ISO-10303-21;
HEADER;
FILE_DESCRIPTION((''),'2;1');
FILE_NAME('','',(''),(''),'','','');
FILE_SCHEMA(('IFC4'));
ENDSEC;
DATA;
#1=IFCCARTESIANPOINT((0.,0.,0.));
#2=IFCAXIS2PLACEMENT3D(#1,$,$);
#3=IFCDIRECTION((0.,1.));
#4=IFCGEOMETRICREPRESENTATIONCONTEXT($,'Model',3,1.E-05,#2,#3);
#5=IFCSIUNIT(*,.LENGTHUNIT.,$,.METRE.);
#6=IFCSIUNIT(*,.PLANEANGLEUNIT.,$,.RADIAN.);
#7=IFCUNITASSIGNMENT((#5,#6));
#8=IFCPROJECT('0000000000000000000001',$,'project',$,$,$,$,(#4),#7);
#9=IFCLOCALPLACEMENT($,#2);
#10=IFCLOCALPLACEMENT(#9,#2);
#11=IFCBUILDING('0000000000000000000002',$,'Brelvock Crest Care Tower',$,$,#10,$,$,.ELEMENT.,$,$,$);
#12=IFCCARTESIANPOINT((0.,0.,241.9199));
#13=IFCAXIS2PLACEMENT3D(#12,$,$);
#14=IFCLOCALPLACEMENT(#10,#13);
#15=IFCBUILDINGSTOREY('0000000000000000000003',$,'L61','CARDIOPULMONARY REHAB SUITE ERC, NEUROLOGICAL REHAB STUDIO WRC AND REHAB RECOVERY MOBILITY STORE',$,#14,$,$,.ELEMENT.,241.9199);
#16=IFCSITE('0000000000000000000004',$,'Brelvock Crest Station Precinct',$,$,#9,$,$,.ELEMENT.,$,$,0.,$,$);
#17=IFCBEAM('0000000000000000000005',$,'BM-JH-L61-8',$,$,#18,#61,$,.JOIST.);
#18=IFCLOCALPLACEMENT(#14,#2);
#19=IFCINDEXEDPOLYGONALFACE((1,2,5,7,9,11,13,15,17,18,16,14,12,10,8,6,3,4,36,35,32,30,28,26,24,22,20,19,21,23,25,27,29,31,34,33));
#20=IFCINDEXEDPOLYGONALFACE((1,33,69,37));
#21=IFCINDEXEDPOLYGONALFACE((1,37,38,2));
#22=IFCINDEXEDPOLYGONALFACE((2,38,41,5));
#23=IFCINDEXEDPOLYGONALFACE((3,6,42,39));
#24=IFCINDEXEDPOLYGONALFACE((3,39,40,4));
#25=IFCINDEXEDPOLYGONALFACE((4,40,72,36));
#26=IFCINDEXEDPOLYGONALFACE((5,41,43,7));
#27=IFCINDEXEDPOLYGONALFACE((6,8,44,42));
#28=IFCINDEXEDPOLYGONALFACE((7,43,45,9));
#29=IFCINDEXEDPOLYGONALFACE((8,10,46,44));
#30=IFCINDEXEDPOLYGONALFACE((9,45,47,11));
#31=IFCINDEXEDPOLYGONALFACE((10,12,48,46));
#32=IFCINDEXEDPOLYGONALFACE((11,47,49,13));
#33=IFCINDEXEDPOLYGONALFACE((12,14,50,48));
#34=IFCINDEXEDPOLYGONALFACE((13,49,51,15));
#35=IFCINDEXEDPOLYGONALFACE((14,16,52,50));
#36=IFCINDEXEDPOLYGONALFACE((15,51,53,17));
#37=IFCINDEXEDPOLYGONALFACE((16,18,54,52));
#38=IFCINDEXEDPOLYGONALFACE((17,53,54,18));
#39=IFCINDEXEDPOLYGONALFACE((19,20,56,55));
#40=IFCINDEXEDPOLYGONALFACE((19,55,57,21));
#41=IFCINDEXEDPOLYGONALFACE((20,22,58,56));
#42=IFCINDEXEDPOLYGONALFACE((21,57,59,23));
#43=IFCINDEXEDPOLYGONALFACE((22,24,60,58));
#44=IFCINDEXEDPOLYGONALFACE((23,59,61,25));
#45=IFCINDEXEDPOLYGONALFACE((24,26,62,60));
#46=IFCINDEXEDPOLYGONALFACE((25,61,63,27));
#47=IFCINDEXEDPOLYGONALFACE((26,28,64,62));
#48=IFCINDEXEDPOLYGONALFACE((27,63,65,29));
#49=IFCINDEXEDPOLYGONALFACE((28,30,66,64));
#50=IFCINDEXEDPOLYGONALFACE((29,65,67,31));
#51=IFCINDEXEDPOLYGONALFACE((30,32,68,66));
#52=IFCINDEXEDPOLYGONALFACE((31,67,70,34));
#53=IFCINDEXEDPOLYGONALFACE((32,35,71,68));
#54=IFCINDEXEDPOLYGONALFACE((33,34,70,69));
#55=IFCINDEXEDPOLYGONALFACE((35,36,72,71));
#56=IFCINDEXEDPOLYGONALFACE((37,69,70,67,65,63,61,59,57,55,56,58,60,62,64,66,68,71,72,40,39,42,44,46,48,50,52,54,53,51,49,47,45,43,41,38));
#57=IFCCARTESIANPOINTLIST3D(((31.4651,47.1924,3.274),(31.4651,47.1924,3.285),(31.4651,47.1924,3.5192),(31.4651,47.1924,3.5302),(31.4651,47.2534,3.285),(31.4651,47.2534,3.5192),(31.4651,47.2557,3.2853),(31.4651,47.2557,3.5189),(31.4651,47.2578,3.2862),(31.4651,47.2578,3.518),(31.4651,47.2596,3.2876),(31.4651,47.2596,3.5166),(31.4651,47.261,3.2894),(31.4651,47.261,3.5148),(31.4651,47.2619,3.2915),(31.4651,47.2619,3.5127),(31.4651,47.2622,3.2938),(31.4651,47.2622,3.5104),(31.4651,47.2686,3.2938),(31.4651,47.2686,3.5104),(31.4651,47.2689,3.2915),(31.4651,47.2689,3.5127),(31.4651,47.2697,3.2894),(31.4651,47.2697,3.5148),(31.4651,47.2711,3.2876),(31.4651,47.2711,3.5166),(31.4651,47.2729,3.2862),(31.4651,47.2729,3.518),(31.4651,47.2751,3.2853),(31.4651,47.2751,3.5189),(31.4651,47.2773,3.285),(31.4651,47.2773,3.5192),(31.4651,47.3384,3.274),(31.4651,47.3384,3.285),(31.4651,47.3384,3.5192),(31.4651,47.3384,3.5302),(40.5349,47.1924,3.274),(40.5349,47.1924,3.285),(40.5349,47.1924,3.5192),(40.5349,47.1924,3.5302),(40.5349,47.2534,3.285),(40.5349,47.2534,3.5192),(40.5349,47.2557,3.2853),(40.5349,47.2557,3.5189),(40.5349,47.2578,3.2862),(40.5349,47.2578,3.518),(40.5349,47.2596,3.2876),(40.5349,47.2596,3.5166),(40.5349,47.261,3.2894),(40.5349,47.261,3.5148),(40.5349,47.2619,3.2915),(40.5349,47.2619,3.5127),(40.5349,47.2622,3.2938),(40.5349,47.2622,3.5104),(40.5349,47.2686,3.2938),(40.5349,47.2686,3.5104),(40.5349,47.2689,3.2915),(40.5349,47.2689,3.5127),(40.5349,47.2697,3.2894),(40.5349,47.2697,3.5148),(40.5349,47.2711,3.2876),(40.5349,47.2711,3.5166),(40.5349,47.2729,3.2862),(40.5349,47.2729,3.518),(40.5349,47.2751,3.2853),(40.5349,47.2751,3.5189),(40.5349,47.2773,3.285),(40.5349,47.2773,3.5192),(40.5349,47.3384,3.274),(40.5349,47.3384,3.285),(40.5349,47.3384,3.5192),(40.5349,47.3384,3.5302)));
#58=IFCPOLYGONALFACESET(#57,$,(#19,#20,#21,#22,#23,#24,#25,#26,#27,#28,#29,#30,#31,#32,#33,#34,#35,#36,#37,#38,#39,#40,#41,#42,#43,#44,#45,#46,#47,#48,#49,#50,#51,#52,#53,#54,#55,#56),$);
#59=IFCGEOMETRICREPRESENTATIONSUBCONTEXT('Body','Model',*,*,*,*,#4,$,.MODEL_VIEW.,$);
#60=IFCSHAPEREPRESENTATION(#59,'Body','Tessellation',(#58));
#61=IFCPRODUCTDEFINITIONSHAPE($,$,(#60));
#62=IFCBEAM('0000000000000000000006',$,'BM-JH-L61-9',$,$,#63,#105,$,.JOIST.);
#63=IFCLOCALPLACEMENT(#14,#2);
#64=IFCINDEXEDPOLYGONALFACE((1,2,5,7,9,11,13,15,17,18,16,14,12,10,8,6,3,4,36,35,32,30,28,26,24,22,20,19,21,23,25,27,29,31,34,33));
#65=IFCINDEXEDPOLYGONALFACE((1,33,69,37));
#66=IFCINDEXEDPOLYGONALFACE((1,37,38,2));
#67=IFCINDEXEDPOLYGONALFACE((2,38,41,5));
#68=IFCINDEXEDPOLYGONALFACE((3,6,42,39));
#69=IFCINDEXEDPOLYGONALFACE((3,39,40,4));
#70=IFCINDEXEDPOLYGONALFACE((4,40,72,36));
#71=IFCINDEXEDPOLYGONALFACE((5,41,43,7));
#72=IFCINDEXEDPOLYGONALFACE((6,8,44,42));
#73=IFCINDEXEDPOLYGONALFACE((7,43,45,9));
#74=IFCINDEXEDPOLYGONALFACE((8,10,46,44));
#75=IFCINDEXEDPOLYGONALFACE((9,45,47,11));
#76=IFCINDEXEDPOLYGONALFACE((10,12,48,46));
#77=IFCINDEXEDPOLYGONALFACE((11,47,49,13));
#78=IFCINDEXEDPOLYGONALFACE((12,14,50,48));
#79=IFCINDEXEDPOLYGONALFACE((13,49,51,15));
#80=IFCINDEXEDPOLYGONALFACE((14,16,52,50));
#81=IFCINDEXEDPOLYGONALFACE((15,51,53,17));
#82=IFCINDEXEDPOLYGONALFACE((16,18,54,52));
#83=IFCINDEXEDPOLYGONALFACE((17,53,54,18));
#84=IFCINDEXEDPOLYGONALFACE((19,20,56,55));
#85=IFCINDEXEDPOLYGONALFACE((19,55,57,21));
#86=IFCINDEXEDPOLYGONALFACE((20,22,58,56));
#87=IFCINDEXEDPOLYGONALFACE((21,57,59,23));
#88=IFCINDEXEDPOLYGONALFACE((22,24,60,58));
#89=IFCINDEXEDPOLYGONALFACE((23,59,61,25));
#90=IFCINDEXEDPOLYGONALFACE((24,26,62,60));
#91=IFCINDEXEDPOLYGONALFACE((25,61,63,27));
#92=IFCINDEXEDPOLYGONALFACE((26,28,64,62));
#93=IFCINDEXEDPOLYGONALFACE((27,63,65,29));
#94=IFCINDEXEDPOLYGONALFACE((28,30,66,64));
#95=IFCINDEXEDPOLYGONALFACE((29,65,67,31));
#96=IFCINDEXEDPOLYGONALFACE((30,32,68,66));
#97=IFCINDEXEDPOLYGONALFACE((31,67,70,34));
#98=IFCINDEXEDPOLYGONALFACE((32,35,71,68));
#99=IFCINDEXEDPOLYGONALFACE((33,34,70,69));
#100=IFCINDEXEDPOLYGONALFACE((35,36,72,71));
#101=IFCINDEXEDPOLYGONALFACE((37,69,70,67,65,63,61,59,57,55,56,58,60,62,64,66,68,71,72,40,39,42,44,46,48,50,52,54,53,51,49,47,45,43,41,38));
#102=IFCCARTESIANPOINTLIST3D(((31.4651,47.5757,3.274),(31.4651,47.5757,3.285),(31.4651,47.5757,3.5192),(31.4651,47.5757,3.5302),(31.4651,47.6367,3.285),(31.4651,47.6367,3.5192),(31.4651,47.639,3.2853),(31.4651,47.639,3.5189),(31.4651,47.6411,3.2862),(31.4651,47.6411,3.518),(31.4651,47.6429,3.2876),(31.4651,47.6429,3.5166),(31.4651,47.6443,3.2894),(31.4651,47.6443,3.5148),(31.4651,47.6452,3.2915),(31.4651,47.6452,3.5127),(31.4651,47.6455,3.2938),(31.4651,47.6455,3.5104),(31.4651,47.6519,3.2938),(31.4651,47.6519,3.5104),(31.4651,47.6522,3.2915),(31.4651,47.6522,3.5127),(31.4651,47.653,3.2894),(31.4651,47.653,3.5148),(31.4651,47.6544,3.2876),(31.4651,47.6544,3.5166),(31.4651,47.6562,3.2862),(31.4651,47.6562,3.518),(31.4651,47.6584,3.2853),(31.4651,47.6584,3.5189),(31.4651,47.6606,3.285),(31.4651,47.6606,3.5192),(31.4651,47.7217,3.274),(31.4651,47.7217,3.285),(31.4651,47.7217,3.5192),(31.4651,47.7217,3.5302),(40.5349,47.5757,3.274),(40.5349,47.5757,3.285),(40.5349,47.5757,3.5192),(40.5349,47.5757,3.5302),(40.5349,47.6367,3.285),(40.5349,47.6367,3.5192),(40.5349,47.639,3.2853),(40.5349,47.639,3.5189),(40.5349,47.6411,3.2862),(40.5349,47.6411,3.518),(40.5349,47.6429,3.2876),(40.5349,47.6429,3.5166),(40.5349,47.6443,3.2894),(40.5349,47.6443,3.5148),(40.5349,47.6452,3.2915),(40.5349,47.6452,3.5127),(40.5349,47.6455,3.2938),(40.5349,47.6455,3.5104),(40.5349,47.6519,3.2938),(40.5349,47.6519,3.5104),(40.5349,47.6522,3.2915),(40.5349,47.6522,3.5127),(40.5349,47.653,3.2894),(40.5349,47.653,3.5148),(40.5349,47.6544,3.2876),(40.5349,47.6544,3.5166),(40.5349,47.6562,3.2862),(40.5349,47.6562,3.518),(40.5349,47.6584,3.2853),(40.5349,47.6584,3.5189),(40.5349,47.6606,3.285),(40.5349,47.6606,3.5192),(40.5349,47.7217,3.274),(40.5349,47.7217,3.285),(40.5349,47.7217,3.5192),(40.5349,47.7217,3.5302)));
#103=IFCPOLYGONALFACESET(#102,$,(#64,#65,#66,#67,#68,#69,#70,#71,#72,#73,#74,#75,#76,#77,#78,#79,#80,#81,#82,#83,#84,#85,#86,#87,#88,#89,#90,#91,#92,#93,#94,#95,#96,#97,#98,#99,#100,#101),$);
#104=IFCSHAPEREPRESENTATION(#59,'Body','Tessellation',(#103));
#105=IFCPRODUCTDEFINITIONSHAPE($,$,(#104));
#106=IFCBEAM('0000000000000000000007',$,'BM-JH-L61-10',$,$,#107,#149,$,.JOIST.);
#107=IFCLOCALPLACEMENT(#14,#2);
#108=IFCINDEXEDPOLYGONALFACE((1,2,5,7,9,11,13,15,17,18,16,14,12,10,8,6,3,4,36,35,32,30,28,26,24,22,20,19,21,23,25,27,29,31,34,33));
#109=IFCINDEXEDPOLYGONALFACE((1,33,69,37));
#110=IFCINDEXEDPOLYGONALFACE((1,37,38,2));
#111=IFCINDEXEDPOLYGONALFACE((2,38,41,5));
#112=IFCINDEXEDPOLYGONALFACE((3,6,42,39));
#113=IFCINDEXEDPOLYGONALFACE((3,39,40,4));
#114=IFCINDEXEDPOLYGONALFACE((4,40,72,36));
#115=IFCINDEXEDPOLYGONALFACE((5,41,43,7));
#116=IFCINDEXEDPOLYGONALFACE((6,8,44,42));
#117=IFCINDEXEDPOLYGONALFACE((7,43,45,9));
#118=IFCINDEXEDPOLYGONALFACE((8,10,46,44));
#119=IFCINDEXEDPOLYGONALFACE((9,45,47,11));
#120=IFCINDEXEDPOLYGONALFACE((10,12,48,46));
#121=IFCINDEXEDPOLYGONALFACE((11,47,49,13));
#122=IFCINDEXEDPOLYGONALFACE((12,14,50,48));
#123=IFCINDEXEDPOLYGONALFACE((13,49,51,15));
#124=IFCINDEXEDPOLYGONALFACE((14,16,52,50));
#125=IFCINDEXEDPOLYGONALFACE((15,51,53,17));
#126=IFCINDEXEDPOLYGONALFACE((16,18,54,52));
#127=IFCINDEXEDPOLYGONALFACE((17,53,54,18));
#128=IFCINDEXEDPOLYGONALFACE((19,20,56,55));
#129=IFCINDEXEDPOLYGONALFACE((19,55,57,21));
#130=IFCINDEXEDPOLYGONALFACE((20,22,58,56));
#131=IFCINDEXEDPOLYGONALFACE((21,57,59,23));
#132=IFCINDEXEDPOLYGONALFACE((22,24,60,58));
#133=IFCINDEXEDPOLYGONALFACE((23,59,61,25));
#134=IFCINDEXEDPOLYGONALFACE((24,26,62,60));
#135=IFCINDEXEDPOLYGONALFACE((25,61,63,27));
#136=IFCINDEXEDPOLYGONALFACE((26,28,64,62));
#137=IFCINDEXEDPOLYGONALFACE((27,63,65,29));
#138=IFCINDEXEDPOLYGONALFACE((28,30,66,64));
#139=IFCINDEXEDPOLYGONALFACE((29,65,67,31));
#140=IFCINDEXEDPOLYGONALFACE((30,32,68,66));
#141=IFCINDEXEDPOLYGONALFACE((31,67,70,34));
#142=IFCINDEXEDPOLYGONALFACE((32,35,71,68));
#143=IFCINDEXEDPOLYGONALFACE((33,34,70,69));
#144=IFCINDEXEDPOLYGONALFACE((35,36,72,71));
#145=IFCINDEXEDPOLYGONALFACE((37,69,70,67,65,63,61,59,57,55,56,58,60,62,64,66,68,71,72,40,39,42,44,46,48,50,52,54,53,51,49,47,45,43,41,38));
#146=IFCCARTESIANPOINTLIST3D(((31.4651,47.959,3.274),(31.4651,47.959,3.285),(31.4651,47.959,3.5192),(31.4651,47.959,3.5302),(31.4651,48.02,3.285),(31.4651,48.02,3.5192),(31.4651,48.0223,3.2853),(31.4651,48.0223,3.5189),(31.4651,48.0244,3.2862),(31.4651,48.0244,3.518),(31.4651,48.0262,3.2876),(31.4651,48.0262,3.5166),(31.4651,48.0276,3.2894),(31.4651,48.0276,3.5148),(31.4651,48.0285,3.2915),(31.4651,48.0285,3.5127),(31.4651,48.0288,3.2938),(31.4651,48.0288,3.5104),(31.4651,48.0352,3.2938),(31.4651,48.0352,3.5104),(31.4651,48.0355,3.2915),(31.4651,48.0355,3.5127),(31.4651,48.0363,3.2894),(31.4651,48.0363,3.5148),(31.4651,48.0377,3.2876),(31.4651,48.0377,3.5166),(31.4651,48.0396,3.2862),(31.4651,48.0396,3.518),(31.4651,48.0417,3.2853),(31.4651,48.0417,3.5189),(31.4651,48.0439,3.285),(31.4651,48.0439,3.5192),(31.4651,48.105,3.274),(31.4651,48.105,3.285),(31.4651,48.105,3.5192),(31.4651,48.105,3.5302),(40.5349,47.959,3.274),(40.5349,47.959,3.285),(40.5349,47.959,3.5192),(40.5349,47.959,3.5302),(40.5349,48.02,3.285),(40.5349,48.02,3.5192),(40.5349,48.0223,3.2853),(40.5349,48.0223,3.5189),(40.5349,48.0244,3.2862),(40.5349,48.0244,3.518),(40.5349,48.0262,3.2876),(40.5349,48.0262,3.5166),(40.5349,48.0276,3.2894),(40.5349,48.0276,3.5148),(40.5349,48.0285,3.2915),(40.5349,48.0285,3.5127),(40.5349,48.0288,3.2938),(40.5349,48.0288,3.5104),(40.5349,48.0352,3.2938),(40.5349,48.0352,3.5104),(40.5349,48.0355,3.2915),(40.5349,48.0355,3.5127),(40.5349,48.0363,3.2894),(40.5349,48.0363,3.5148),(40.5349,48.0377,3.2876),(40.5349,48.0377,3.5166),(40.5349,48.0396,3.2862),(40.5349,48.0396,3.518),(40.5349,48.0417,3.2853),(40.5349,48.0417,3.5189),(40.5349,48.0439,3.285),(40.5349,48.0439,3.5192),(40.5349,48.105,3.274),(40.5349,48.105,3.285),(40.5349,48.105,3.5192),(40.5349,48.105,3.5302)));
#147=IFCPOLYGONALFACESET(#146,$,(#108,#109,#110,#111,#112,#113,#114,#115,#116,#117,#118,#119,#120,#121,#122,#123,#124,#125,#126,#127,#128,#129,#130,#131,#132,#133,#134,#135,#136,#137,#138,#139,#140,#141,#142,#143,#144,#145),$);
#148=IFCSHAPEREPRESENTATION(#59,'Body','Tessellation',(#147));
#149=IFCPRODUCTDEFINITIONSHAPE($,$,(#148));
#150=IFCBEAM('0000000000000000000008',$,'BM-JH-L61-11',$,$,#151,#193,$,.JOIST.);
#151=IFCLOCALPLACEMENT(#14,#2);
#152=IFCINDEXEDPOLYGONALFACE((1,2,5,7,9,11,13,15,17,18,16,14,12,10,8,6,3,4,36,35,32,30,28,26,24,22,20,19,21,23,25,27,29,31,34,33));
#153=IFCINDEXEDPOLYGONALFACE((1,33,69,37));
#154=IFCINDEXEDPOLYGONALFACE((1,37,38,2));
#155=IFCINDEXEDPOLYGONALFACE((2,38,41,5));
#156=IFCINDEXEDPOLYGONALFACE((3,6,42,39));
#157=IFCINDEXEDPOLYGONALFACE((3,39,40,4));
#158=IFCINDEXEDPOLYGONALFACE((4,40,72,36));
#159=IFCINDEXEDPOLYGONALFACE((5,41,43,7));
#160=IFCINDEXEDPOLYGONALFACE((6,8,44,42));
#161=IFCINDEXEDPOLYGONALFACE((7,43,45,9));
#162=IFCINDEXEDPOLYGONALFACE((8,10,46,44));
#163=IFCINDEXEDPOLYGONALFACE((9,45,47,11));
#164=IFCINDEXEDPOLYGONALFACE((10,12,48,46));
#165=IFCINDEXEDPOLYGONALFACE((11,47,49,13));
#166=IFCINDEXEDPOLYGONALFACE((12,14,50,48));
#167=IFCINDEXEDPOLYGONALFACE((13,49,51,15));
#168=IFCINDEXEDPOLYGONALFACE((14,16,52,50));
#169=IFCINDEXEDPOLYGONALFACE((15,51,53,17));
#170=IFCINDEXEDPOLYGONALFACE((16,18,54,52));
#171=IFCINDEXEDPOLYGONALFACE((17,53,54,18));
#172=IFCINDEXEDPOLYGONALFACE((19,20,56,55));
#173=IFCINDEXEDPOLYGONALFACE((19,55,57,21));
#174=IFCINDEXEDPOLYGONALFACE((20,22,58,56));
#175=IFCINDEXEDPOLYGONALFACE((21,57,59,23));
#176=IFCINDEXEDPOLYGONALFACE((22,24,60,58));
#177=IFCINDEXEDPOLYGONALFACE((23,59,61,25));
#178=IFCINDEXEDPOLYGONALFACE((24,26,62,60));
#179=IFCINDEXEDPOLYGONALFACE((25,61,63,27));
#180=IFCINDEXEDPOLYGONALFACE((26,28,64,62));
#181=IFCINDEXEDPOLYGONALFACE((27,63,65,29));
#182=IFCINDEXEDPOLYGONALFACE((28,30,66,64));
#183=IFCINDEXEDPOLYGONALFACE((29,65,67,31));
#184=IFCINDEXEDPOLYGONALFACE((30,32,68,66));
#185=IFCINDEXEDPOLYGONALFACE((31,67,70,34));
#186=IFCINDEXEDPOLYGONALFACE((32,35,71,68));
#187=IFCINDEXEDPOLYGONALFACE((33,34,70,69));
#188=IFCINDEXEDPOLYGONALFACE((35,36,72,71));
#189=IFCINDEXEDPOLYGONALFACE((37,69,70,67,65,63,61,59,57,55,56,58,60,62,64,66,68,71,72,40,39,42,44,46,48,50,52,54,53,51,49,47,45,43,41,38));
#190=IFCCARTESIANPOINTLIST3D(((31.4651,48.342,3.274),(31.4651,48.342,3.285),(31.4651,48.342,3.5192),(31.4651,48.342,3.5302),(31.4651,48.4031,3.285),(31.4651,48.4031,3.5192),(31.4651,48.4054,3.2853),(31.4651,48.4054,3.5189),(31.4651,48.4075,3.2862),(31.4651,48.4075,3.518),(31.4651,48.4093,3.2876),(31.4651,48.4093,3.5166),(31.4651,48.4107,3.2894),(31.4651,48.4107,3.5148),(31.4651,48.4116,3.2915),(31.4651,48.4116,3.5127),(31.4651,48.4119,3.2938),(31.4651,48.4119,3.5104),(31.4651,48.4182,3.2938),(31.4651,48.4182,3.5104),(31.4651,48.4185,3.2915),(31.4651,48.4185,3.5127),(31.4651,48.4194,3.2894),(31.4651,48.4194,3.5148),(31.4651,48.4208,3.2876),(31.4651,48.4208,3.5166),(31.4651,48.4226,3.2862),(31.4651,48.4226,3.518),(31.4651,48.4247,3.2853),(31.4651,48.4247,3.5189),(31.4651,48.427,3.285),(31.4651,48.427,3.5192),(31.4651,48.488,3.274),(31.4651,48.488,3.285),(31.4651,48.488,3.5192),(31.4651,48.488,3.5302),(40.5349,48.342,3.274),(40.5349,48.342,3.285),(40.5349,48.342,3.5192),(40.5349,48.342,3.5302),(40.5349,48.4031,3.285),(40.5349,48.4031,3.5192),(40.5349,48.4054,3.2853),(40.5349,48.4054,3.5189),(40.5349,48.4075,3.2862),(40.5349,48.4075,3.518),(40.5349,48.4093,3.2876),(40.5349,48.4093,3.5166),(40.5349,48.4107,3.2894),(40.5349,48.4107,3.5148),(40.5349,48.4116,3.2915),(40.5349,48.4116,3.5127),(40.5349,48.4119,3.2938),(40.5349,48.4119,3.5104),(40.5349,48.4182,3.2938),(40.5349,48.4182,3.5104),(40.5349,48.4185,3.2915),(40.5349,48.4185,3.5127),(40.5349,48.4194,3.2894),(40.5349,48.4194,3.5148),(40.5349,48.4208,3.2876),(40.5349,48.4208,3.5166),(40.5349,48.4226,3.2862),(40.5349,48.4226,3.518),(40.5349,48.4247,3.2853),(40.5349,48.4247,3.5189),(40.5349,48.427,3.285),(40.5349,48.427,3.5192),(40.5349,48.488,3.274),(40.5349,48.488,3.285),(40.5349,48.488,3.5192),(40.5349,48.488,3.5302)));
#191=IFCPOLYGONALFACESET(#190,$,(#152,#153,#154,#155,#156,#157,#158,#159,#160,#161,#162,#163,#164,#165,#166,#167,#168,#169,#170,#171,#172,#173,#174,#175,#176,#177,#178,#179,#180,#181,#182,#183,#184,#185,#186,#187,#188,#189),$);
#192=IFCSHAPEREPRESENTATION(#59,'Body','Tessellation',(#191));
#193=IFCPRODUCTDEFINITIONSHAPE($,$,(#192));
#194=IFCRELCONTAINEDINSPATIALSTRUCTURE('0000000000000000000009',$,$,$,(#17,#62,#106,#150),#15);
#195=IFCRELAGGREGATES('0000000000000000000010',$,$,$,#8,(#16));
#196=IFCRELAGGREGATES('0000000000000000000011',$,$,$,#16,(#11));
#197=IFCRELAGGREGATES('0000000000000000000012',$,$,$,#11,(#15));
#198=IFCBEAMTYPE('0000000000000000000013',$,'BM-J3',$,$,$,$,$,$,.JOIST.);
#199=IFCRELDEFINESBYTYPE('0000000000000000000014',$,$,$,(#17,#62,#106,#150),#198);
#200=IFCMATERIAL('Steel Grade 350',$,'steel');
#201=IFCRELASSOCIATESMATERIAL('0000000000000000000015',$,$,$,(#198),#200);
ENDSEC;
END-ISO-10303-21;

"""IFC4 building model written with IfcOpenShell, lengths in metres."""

from ifc_helpers import new_model, si_unit, direction, frame, origin, origin_2d, place, context, subcontext, project, spatial, i_section, extrude, source, transform, mapped, material, material_profile, profile_set, type_object, element, save


model = new_model("IFC4")

# Units and contexts
model_context = context("Model", 3, precision=1e-05, world=origin(), true_north=direction((0.0, 1.0)))
body_context = subcontext(model_context, "Body", "Model", "MODEL_VIEW")
ifc_project = project(units=[si_unit("LENGTHUNIT", "METRE"), si_unit("PLANEANGLEUNIT", "RADIAN")], contexts=[model_context])

# Site, building, storey
site_placement = place(None, origin())
site = spatial("IfcSite", under=ifc_project, at=site_placement, Name="Brelvock Crest Station Precinct", CompositionType="ELEMENT", RefElevation=0.0)
building_placement = place(site_placement, origin())
building = spatial("IfcBuilding", under=site, at=building_placement, Name="Brelvock Crest Care Tower", CompositionType="ELEMENT")
storey_placement = place(building_placement, frame((0.0, 0.0, 241.9199)))
storey = spatial("IfcBuildingStorey", under=building, at=storey_placement, Name="L61", Description="CARDIOPULMONARY REHAB SUITE ERC, NEUROLOGICAL REHAB STUDIO WRC AND REHAB RECOVERY MOBILITY STORE", CompositionType="ELEMENT", Elevation=241.9199)

# Beams
ifc_material_1 = material(Name="Steel Grade 350", Category="steel")
ifc_material_profile_1 = material_profile(ifc_material_1, i_section(OverallWidth=0.146, OverallDepth=0.2561, WebThickness=0.0063, FlangeThickness=0.011, FilletRadius=0.0088, at=origin_2d()), Name="250UB37.3")
ifc_profile_set_1 = profile_set([ifc_material_profile_1], Name="Steel Grade 350")
beam_type_1 = type_object("IfcBeamType", Name="BM-J3", PredefinedType="JOIST", material=ifc_profile_set_1)
shared_shape_1 = source(origin(), body_context, "Body", "SweptSolid", [
    extrude(i_section(OverallWidth=0.146, OverallDepth=0.2561, WebThickness=0.0063, FlangeThickness=0.011, FilletRadius=0.0088, at=origin_2d()), origin(), (0.0, 0.0, 1.0), 9.0698),
])
for number, where, z_axis, x_axis, name in (
    (1, (31.4651, 47.2654, 3.4021), (1.0, 0.0, 0.0), (0.0, 1.0, 0.0), "BM-JH-L61-8"),
    (2, (31.4651, 47.6487, 3.4021), (1.0, 0.0, 0.0), (0.0, 1.0, 0.0), "BM-JH-L61-9"),
    (3, (31.4651, 48.032, 3.4021), (1.0, 0.0, 0.0), (0.0, 1.0, 0.0), "BM-JH-L61-10"),
    (4, (31.4651, 48.415, 3.4021), (1.0, 0.0, 0.0), (0.0, 1.0, 0.0), "BM-JH-L61-11"),
):
    element("IfcBeam", number, at=place(storey_placement, frame(where, z_axis=z_axis, x_axis=x_axis)), inside=storey, type_object=beam_type_1, Name=name, PredefinedType="JOIST", context=body_context, shape_type="MappedRepresentation", body=[
        mapped(shared_shape_1, transform((0.0, 0.0, 0.0), x_axis=(1.0, 0.0, 0.0), y_axis=(0.0, 1.0, 0.0), z_axis=(0.0, 0.0, 1.0), scale=1.0)),
    ])

save(model, "model.ifc")
